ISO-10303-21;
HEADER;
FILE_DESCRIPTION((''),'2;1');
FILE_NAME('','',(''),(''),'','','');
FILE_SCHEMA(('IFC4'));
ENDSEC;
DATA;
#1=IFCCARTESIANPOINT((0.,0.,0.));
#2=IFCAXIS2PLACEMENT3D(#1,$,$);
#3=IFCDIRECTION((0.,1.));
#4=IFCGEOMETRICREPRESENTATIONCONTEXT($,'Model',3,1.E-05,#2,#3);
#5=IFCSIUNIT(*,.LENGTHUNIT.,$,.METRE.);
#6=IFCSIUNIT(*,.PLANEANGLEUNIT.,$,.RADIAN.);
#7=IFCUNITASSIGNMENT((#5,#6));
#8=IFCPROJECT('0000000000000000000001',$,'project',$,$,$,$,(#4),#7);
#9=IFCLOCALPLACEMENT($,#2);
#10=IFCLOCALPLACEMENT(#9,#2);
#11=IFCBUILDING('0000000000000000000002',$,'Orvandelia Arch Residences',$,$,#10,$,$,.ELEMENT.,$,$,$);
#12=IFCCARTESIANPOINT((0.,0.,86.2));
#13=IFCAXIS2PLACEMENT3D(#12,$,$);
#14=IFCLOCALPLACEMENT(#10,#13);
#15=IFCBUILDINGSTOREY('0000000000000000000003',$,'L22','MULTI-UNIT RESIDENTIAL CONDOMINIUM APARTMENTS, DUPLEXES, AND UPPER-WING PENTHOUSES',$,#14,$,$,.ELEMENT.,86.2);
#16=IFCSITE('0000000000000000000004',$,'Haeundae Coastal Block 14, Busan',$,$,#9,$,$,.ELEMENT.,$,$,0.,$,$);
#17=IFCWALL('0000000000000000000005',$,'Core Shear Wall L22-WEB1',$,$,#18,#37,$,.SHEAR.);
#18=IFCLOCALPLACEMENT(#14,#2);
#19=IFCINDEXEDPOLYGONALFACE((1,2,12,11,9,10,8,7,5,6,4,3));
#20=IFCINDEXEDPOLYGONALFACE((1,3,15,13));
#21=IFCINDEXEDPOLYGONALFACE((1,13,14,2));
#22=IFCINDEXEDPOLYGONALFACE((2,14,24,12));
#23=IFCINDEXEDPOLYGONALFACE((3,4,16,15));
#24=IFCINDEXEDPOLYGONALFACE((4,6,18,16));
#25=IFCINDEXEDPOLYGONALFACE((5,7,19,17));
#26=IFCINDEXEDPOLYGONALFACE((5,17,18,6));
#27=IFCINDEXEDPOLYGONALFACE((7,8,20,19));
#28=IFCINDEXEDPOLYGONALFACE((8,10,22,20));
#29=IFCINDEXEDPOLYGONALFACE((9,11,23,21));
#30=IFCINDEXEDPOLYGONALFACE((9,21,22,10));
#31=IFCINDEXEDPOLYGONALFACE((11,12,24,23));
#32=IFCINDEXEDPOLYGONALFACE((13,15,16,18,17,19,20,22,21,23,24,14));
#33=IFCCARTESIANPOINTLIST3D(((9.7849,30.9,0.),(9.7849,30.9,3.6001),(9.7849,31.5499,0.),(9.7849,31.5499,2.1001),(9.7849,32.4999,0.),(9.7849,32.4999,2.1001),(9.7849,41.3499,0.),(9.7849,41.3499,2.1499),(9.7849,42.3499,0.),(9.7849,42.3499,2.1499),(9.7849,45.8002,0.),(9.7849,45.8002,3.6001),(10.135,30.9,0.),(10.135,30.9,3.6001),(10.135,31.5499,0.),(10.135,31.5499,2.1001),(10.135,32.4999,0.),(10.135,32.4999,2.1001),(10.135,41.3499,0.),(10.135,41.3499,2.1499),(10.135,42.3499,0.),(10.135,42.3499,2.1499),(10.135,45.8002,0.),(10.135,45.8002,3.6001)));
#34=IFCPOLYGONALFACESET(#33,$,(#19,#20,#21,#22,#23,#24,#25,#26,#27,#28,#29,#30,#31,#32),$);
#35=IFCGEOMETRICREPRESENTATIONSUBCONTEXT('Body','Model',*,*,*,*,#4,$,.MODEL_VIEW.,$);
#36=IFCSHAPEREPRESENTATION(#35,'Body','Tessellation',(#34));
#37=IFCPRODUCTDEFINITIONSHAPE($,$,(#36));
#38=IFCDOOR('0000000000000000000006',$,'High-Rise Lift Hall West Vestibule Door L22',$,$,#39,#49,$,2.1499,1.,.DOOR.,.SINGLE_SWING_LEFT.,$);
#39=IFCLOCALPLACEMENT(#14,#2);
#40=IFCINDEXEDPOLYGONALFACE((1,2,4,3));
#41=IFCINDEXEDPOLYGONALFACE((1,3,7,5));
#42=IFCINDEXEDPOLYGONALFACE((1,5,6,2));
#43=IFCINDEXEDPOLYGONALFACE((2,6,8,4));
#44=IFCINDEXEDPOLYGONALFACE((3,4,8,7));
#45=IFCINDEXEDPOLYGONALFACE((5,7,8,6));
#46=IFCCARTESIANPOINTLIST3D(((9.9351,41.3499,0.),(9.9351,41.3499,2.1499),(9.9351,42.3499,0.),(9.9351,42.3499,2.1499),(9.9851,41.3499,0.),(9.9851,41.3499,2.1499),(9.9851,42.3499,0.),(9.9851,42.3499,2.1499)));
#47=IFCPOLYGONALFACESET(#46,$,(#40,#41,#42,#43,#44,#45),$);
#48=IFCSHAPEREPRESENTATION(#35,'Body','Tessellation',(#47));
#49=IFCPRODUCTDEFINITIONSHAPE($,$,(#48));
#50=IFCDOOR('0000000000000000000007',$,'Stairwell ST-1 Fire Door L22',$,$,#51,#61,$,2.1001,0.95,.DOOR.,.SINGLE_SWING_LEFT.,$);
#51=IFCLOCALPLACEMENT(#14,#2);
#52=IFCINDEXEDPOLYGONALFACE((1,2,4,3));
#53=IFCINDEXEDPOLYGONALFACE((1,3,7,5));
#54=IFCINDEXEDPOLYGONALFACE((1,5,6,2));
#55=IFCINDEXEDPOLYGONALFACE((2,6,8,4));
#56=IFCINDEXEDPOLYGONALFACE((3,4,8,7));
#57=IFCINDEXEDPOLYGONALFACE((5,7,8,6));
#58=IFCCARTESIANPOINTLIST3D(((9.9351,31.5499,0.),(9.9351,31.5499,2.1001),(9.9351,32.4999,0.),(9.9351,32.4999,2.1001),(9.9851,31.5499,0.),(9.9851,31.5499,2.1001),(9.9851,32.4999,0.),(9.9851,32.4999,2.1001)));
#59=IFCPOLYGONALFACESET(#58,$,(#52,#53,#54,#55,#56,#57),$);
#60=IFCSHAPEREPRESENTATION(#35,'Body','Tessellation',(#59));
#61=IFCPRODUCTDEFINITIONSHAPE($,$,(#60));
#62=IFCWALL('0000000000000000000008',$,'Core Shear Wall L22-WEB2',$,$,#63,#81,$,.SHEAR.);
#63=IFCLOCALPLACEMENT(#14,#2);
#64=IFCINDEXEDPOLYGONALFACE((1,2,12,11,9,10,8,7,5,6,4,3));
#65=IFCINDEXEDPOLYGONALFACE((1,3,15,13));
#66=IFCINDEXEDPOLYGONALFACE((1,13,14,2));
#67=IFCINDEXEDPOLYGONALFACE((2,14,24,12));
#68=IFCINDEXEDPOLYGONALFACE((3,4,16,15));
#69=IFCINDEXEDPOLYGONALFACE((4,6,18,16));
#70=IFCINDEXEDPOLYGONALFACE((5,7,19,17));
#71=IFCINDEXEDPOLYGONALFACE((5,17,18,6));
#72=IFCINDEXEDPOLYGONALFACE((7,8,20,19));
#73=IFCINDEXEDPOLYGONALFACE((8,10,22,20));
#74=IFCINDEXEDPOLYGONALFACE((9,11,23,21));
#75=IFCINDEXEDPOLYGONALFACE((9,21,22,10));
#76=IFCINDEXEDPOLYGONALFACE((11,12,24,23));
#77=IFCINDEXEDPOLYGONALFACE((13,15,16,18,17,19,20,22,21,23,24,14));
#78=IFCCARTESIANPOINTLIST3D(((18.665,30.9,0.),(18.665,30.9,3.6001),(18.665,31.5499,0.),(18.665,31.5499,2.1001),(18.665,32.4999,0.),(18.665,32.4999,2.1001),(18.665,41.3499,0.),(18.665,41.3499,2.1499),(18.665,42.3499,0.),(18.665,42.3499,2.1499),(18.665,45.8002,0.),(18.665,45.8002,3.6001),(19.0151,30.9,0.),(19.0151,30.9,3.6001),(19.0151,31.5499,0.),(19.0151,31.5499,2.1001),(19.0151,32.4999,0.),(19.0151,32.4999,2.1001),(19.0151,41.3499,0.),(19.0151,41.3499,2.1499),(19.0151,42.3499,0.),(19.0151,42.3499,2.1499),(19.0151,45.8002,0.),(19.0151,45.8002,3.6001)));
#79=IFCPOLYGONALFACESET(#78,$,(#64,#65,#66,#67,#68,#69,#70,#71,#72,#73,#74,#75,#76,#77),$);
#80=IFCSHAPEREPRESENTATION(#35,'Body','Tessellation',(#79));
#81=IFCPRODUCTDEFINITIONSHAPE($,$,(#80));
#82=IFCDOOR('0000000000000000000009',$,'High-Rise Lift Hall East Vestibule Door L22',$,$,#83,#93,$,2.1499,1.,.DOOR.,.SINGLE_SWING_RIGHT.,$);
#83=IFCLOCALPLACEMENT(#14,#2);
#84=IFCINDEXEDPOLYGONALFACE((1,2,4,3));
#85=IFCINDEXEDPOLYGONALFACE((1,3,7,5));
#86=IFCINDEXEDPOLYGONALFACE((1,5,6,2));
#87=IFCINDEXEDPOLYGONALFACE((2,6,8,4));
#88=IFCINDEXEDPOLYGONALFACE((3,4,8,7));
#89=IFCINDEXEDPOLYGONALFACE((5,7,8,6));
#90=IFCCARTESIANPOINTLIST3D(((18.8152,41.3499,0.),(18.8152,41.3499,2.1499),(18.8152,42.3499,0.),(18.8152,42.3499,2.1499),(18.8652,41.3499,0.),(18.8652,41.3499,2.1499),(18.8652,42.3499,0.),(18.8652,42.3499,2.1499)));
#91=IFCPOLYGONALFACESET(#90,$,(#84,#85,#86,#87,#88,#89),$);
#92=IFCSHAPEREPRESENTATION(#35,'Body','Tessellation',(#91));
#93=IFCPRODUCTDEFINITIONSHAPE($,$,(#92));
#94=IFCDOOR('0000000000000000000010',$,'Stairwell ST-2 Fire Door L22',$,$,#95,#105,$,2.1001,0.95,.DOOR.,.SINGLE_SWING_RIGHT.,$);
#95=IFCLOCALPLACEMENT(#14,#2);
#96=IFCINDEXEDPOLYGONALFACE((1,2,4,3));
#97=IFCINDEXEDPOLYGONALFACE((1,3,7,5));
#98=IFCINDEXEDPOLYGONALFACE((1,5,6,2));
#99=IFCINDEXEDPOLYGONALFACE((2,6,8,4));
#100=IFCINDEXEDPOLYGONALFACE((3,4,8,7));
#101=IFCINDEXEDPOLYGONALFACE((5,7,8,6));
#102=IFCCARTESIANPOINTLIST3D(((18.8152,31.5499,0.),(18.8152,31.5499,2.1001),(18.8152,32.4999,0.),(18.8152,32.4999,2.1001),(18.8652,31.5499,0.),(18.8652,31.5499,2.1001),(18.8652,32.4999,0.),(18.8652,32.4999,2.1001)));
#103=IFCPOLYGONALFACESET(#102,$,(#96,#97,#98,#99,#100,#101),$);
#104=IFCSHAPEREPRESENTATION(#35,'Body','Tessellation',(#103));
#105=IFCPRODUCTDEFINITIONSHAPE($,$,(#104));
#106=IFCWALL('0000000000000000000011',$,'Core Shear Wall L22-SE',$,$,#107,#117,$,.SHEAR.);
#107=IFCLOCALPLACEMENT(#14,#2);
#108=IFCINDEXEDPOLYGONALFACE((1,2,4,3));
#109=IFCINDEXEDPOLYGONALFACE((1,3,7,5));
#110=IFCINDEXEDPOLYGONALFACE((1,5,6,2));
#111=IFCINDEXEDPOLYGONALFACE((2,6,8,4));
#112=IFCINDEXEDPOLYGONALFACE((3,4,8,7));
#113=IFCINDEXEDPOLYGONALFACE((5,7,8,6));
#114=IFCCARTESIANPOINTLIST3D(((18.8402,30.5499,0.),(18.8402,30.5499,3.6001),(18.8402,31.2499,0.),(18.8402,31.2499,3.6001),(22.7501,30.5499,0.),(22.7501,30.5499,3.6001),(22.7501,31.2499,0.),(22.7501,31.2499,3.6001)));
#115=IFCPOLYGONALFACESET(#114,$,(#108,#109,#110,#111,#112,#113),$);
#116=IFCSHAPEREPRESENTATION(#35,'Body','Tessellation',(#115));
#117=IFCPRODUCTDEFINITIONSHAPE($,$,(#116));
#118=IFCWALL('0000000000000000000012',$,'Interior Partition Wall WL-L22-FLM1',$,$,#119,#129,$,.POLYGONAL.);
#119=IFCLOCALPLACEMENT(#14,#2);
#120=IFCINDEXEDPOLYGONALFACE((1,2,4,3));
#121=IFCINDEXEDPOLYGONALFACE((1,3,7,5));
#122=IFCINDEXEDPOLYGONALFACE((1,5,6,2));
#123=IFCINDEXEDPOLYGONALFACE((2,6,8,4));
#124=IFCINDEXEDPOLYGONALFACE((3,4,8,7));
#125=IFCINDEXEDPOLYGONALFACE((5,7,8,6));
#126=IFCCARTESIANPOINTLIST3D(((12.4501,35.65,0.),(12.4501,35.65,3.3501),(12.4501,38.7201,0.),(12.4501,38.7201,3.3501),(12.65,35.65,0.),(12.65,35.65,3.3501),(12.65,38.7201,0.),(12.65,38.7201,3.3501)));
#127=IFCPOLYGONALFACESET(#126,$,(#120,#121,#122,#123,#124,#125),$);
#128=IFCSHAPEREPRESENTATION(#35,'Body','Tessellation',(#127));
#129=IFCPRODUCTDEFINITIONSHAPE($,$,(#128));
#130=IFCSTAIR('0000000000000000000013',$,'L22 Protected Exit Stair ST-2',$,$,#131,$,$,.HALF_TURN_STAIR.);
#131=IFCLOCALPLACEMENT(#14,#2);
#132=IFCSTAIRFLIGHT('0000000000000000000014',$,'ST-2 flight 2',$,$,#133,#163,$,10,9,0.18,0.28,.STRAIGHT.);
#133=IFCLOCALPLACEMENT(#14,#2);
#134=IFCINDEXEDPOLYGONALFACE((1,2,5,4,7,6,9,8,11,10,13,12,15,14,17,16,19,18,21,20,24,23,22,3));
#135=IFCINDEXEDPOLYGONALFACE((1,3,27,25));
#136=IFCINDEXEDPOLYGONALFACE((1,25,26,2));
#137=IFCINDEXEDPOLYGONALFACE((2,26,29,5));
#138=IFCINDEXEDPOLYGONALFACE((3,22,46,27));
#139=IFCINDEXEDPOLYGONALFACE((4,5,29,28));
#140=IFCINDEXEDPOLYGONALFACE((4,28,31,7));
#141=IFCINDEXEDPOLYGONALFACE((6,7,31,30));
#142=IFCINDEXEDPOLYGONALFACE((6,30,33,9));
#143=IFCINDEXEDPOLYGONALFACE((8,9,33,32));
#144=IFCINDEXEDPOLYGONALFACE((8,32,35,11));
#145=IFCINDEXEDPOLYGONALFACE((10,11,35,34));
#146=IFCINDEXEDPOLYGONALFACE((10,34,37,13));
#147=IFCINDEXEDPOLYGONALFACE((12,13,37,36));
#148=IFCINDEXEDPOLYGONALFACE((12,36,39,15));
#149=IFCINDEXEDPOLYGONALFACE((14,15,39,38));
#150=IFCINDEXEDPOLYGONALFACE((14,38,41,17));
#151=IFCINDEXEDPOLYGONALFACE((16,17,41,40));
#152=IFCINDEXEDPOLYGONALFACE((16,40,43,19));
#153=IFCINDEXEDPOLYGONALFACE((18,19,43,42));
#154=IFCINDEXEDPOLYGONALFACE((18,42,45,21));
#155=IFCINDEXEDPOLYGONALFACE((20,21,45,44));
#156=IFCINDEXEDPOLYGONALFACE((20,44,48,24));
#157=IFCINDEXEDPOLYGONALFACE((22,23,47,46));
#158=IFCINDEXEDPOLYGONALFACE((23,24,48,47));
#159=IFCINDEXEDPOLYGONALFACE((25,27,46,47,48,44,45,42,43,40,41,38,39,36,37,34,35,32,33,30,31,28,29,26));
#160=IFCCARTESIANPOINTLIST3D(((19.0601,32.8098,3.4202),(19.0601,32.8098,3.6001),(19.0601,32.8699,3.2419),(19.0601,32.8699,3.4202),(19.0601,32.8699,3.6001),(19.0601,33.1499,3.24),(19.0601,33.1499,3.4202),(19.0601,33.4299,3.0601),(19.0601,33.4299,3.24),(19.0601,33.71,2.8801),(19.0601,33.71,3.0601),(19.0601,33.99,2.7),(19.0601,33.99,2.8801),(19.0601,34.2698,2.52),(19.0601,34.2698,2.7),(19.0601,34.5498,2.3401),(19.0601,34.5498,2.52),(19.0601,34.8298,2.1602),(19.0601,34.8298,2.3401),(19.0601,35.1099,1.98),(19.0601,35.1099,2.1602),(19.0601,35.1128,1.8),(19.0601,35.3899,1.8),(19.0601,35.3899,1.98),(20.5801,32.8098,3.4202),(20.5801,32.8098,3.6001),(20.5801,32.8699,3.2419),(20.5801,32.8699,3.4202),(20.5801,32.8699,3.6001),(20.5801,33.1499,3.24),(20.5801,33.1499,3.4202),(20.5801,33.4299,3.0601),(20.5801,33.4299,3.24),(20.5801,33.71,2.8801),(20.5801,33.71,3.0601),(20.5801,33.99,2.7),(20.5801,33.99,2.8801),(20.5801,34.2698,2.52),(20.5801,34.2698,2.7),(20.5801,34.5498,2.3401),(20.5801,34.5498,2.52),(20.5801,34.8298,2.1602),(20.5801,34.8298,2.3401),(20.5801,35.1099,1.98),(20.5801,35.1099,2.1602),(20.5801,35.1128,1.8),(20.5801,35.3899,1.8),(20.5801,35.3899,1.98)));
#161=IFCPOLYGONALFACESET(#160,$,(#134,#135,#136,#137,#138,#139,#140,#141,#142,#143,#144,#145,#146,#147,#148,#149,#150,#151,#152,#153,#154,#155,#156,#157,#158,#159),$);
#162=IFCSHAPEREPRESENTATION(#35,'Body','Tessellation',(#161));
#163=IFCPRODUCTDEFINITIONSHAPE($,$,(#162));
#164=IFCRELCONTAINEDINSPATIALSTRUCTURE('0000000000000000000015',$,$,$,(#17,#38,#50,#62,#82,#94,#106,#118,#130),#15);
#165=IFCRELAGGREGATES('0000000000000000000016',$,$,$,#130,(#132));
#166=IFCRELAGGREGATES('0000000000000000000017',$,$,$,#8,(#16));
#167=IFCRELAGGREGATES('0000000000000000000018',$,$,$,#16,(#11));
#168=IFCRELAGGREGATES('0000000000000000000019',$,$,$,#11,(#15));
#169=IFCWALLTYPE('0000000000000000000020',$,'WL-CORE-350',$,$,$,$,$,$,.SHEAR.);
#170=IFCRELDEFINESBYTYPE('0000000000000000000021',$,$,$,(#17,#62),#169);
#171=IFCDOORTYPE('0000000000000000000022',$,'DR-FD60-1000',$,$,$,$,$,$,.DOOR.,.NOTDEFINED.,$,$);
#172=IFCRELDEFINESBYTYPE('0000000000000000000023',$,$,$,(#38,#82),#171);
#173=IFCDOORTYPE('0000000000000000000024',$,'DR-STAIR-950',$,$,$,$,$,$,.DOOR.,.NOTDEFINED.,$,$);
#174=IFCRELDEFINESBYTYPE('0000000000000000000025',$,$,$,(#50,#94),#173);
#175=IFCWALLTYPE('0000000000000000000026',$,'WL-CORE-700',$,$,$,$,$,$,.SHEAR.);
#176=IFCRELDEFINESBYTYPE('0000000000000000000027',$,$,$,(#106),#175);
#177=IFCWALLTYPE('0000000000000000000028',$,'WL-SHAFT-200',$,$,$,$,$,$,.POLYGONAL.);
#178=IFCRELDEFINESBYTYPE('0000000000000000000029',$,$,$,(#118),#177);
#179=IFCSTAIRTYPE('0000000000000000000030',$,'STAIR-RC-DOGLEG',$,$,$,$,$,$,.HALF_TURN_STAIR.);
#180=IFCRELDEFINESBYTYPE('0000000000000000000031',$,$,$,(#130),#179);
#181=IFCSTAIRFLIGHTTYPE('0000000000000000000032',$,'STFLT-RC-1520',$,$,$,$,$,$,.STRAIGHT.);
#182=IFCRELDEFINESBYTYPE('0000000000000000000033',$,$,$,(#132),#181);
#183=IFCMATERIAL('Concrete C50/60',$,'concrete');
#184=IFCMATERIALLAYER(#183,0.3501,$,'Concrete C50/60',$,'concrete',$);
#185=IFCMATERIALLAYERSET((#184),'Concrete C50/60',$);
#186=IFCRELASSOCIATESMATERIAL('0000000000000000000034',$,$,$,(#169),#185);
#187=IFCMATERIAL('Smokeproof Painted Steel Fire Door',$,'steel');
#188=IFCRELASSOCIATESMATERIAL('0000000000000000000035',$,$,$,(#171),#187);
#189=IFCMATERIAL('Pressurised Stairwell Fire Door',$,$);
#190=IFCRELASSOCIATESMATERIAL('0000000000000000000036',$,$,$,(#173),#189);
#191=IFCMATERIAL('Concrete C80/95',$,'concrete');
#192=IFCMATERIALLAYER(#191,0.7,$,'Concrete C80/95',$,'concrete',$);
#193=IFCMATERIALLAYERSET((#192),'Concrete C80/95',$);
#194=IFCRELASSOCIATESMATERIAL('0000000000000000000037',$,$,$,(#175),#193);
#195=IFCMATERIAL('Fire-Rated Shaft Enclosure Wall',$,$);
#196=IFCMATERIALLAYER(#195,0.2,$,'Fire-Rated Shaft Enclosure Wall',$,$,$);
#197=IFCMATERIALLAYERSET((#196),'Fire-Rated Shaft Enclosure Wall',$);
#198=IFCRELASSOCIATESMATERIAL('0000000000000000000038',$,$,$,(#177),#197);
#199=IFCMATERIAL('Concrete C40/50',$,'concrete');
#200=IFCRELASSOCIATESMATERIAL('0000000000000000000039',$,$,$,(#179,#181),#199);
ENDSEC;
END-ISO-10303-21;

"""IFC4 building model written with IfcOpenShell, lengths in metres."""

from ifc_helpers import new_model, si_unit, direction, frame, frame_2d, origin, place, context, subcontext, project, spatial, polyline, rectangle, outline, extrude, material, layer, layer_set, type_object, element, fill, aggregate, save


model = new_model("IFC4")

# Units and contexts
model_context = context("Model", 3, precision=1e-05, world=origin(), true_north=direction((0.0, 1.0)))
body_context = subcontext(model_context, "Body", "Model", "MODEL_VIEW")
ifc_project = project(units=[si_unit("LENGTHUNIT", "METRE"), si_unit("PLANEANGLEUNIT", "RADIAN")], contexts=[model_context])

# Site, building, storey
site_placement = place(None, origin())
site = spatial("IfcSite", under=ifc_project, at=site_placement, Name="Haeundae Coastal Block 14, Busan", CompositionType="ELEMENT", RefElevation=0.0)
building_placement = place(site_placement, origin())
building = spatial("IfcBuilding", under=site, at=building_placement, Name="Orvandelia Arch Residences", CompositionType="ELEMENT")
storey_placement = place(building_placement, frame((0.0, 0.0, 86.2)))
storey = spatial("IfcBuildingStorey", under=building, at=storey_placement, Name="L22", Description="MULTI-UNIT RESIDENTIAL CONDOMINIUM APARTMENTS, DUPLEXES, AND UPPER-WING PENTHOUSES", CompositionType="ELEMENT", Elevation=86.2)

# Walls, openings, doors
ifc_material_1 = material(Name="Concrete C50/60", Category="concrete")
ifc_layer_1 = layer(ifc_material_1, 0.3501, Name="Concrete C50/60", Category="concrete")
ifc_layer_set_1 = layer_set([ifc_layer_1], Name="Concrete C50/60")
wall_type_1 = type_object("IfcWallType", Name="WL-CORE-350", PredefinedType="SHEAR", material=ifc_layer_set_1)
wall_1_placement = place(storey_placement, frame((9.96, 30.8999, 0.0), z_axis=(0.0, 0.0, 1.0), x_axis=(0.0, 1.0, 0.0)))
wall_1 = element("IfcWall", 1, at=wall_1_placement, inside=storey, type_object=wall_type_1, Name="Core Shear Wall L22-WEB1", PredefinedType="SHEAR", context=body_context, shape_type="SweptSolid", body=[
    extrude(rectangle(XDim=14.9001, YDim=0.3501, at=frame_2d((7.4502, 0.0))), origin(), (0.0, 0.0, 1.0), 3.6001),
])
opening_1_placement = place(wall_1_placement, frame((0.6499, 0.0, 0.0)))
opening_1 = element("IfcOpeningElement", 2, at=opening_1_placement, cuts=wall_1, PredefinedType="OPENING", context=body_context, shape_type="SweptSolid", body=[
    extrude(rectangle(XDim=0.95, YDim=2.1001, at=frame_2d((0.4751, 1.05))), frame((0.0, 0.1851, 0.0), z_axis=(0.0, -1.0, 0.0), x_axis=(1.0, 0.0, 0.0)), (0.0, 0.0, 1.0), 0.3701),
])
opening_2_placement = place(wall_1_placement, frame((10.45, 0.0, 0.0)))
opening_2 = element("IfcOpeningElement", 3, at=opening_2_placement, cuts=wall_1, PredefinedType="OPENING", context=body_context, shape_type="SweptSolid", body=[
    extrude(rectangle(XDim=1.0, YDim=2.1499, at=frame_2d((0.5, 1.075))), frame((0.0, 0.1851, 0.0), z_axis=(0.0, -1.0, 0.0), x_axis=(1.0, 0.0, 0.0)), (0.0, 0.0, 1.0), 0.3701),
])
ifc_material_2 = material(Name="Smokeproof Painted Steel Fire Door", Category="steel")
door_type_1 = type_object("IfcDoorType", Name="DR-FD60-1000", OperationType="NOTDEFINED", PredefinedType="DOOR", material=ifc_material_2)
door_1_placement = place(opening_2_placement, origin())
door_1 = element("IfcDoor", 4, at=door_1_placement, inside=storey, type_object=door_type_1, Name="High-Rise Lift Hall West Vestibule Door L22", OperationType="SINGLE_SWING_LEFT", OverallHeight=2.1499, OverallWidth=1.0, PredefinedType="DOOR", context=body_context, shape_type="SweptSolid", body=[
    extrude(rectangle(XDim=1.0, YDim=2.1499, at=frame_2d((0.5, 1.075))), frame((0.0, 0.0249, 0.0), z_axis=(0.0, -1.0, 0.0), x_axis=(1.0, 0.0, 0.0)), (0.0, 0.0, 1.0), 0.05),
])
fill(opening_2, door_1)
ifc_material_3 = material(Name="Pressurised Stairwell Fire Door")
door_type_2 = type_object("IfcDoorType", Name="DR-STAIR-950", OperationType="NOTDEFINED", PredefinedType="DOOR", material=ifc_material_3)
door_2_placement = place(opening_1_placement, origin())
door_2 = element("IfcDoor", 5, at=door_2_placement, inside=storey, type_object=door_type_2, Name="Stairwell ST-1 Fire Door L22", OperationType="SINGLE_SWING_LEFT", OverallHeight=2.1001, OverallWidth=0.95, PredefinedType="DOOR", context=body_context, shape_type="SweptSolid", body=[
    extrude(rectangle(XDim=0.95, YDim=2.1001, at=frame_2d((0.4751, 1.05))), frame((0.0, 0.0249, 0.0), z_axis=(0.0, -1.0, 0.0), x_axis=(1.0, 0.0, 0.0)), (0.0, 0.0, 1.0), 0.05),
])
fill(opening_1, door_2)
wall_2_placement = place(storey_placement, frame((18.8401, 30.8999, 0.0), z_axis=(0.0, 0.0, 1.0), x_axis=(0.0, 1.0, 0.0)))
wall_2 = element("IfcWall", 6, at=wall_2_placement, inside=storey, type_object=wall_type_1, Name="Core Shear Wall L22-WEB2", PredefinedType="SHEAR", context=body_context, shape_type="SweptSolid", body=[
    extrude(rectangle(XDim=14.9001, YDim=0.3501, at=frame_2d((7.4502, 0.0))), origin(), (0.0, 0.0, 1.0), 3.6001),
])
opening_3_placement = place(wall_2_placement, frame((0.6499, 0.0, 0.0)))
opening_3 = element("IfcOpeningElement", 7, at=opening_3_placement, cuts=wall_2, PredefinedType="OPENING", context=body_context, shape_type="SweptSolid", body=[
    extrude(rectangle(XDim=0.95, YDim=2.1001, at=frame_2d((0.4751, 1.05))), frame((0.0, 0.1851, 0.0), z_axis=(0.0, -1.0, 0.0), x_axis=(1.0, 0.0, 0.0)), (0.0, 0.0, 1.0), 0.3701),
])
opening_4_placement = place(wall_2_placement, frame((10.45, 0.0, 0.0)))
opening_4 = element("IfcOpeningElement", 8, at=opening_4_placement, cuts=wall_2, PredefinedType="OPENING", context=body_context, shape_type="SweptSolid", body=[
    extrude(rectangle(XDim=1.0, YDim=2.1499, at=frame_2d((0.5, 1.075))), frame((0.0, 0.1851, 0.0), z_axis=(0.0, -1.0, 0.0), x_axis=(1.0, 0.0, 0.0)), (0.0, 0.0, 1.0), 0.3701),
])
door_3_placement = place(opening_4_placement, origin())
door_3 = element("IfcDoor", 9, at=door_3_placement, inside=storey, type_object=door_type_1, Name="High-Rise Lift Hall East Vestibule Door L22", OperationType="SINGLE_SWING_RIGHT", OverallHeight=2.1499, OverallWidth=1.0, PredefinedType="DOOR", context=body_context, shape_type="SweptSolid", body=[
    extrude(rectangle(XDim=1.0, YDim=2.1499, at=frame_2d((0.5, 1.075))), frame((0.0, 0.0249, 0.0), z_axis=(0.0, -1.0, 0.0), x_axis=(1.0, 0.0, 0.0)), (0.0, 0.0, 1.0), 0.05),
])
fill(opening_4, door_3)
door_4_placement = place(opening_3_placement, origin())
door_4 = element("IfcDoor", 10, at=door_4_placement, inside=storey, type_object=door_type_2, Name="Stairwell ST-2 Fire Door L22", OperationType="SINGLE_SWING_RIGHT", OverallHeight=2.1001, OverallWidth=0.95, PredefinedType="DOOR", context=body_context, shape_type="SweptSolid", body=[
    extrude(rectangle(XDim=0.95, YDim=2.1001, at=frame_2d((0.4751, 1.05))), frame((0.0, 0.0249, 0.0), z_axis=(0.0, -1.0, 0.0), x_axis=(1.0, 0.0, 0.0)), (0.0, 0.0, 1.0), 0.05),
])
fill(opening_3, door_4)

# Shared definitions
ifc_material_4 = material(Name="Concrete C80/95", Category="concrete")
ifc_layer_2 = layer(ifc_material_4, 0.7, Name="Concrete C80/95", Category="concrete")
ifc_layer_set_2 = layer_set([ifc_layer_2], Name="Concrete C80/95")
wall_type_2 = type_object("IfcWallType", Name="WL-CORE-700", PredefinedType="SHEAR", material=ifc_layer_set_2)

# Walls
wall_3_placement = place(storey_placement, frame((18.8401, 30.8999, 0.0), z_axis=(0.0, 0.0, 1.0), x_axis=(1.0, 0.0, 0.0)))
element("IfcWall", 11, at=wall_3_placement, inside=storey, type_object=wall_type_2, Name="Core Shear Wall L22-SE", PredefinedType="SHEAR", context=body_context, shape_type="SweptSolid", body=[
    extrude(rectangle(XDim=3.9099, YDim=0.7, at=frame_2d((1.9551, 0.0))), origin(), (0.0, 0.0, 1.0), 3.6001),
])
ifc_material_5 = material(Name="Fire-Rated Shaft Enclosure Wall")
ifc_layer_3 = layer(ifc_material_5, 0.2, Name="Fire-Rated Shaft Enclosure Wall")
ifc_layer_set_3 = layer_set([ifc_layer_3], Name="Fire-Rated Shaft Enclosure Wall")
wall_type_3 = type_object("IfcWallType", Name="WL-SHAFT-200", PredefinedType="POLYGONAL", material=ifc_layer_set_3)
wall_4_placement = place(storey_placement, frame((12.55, 35.6499, 0.0), z_axis=(0.0, 0.0, 1.0), x_axis=(0.0, 1.0, 0.0)))
element("IfcWall", 12, at=wall_4_placement, inside=storey, type_object=wall_type_3, Name="Interior Partition Wall WL-L22-FLM1", PredefinedType="POLYGONAL", context=body_context, shape_type="SweptSolid", body=[
    extrude(rectangle(XDim=3.0701, YDim=0.2, at=frame_2d((1.5352, 0.0))), origin(), (0.0, 0.0, 1.0), 3.3501),
])

# Stair, stair flight
ifc_material_6 = material(Name="Concrete C40/50", Category="concrete")
stair_type = type_object("IfcStairType", Name="STAIR-RC-DOGLEG", PredefinedType="HALF_TURN_STAIR", material=ifc_material_6)
stair_placement = place(storey_placement, origin())
stair = element("IfcStair", 13, at=stair_placement, inside=storey, type_object=stair_type, Name="L22 Protected Exit Stair ST-2", PredefinedType="HALF_TURN_STAIR")
stair_flight_type = type_object("IfcStairFlightType", Name="STFLT-RC-1520", PredefinedType="STRAIGHT", material=ifc_material_6)
stair_flight_placement = place(storey_placement, frame((19.8201, 35.3899, 1.8), z_axis=(0.0, 0.0, 1.0), x_axis=(0.0, -1.0, 0.0)))
stair_flight = element("IfcStairFlight", 14, at=stair_flight_placement, type_object=stair_flight_type, Name="ST-2 flight 2", NumberOfRisers=10, NumberOfTreads=9, PredefinedType="STRAIGHT", RiserHeight=0.18, TreadLength=0.28, context=body_context, shape_type="SweptSolid", body=[
    extrude(outline(polyline([(0.0, 0.0), (0.0, 0.1799), (0.28, 0.1799), (0.28, 0.3601), (0.5601, 0.3601), (0.5601, 0.54), (0.8401, 0.54), (0.8401, 0.72), (1.1201, 0.72), (1.1201, 0.8999), (1.3999, 0.8999), (1.3999, 1.0801), (1.6799, 1.0801), (1.6799, 1.26), (1.96, 1.26), (1.96, 1.4399), (2.24, 1.4399), (2.24, 1.6201), (2.52, 1.6201), (2.52, 1.8), (2.5801, 1.8), (2.5801, 1.6201), (2.52, 1.4419), (0.2771, 0.0), (0.0, 0.0)])), frame((0.0, 0.76, 0.0), z_axis=(0.0, -1.0, 0.0), x_axis=(1.0, 0.0, 0.0)), (0.0, 0.0, 1.0), 1.52),
])
aggregate(stair, [stair_flight])

save(model, "model.ifc")
